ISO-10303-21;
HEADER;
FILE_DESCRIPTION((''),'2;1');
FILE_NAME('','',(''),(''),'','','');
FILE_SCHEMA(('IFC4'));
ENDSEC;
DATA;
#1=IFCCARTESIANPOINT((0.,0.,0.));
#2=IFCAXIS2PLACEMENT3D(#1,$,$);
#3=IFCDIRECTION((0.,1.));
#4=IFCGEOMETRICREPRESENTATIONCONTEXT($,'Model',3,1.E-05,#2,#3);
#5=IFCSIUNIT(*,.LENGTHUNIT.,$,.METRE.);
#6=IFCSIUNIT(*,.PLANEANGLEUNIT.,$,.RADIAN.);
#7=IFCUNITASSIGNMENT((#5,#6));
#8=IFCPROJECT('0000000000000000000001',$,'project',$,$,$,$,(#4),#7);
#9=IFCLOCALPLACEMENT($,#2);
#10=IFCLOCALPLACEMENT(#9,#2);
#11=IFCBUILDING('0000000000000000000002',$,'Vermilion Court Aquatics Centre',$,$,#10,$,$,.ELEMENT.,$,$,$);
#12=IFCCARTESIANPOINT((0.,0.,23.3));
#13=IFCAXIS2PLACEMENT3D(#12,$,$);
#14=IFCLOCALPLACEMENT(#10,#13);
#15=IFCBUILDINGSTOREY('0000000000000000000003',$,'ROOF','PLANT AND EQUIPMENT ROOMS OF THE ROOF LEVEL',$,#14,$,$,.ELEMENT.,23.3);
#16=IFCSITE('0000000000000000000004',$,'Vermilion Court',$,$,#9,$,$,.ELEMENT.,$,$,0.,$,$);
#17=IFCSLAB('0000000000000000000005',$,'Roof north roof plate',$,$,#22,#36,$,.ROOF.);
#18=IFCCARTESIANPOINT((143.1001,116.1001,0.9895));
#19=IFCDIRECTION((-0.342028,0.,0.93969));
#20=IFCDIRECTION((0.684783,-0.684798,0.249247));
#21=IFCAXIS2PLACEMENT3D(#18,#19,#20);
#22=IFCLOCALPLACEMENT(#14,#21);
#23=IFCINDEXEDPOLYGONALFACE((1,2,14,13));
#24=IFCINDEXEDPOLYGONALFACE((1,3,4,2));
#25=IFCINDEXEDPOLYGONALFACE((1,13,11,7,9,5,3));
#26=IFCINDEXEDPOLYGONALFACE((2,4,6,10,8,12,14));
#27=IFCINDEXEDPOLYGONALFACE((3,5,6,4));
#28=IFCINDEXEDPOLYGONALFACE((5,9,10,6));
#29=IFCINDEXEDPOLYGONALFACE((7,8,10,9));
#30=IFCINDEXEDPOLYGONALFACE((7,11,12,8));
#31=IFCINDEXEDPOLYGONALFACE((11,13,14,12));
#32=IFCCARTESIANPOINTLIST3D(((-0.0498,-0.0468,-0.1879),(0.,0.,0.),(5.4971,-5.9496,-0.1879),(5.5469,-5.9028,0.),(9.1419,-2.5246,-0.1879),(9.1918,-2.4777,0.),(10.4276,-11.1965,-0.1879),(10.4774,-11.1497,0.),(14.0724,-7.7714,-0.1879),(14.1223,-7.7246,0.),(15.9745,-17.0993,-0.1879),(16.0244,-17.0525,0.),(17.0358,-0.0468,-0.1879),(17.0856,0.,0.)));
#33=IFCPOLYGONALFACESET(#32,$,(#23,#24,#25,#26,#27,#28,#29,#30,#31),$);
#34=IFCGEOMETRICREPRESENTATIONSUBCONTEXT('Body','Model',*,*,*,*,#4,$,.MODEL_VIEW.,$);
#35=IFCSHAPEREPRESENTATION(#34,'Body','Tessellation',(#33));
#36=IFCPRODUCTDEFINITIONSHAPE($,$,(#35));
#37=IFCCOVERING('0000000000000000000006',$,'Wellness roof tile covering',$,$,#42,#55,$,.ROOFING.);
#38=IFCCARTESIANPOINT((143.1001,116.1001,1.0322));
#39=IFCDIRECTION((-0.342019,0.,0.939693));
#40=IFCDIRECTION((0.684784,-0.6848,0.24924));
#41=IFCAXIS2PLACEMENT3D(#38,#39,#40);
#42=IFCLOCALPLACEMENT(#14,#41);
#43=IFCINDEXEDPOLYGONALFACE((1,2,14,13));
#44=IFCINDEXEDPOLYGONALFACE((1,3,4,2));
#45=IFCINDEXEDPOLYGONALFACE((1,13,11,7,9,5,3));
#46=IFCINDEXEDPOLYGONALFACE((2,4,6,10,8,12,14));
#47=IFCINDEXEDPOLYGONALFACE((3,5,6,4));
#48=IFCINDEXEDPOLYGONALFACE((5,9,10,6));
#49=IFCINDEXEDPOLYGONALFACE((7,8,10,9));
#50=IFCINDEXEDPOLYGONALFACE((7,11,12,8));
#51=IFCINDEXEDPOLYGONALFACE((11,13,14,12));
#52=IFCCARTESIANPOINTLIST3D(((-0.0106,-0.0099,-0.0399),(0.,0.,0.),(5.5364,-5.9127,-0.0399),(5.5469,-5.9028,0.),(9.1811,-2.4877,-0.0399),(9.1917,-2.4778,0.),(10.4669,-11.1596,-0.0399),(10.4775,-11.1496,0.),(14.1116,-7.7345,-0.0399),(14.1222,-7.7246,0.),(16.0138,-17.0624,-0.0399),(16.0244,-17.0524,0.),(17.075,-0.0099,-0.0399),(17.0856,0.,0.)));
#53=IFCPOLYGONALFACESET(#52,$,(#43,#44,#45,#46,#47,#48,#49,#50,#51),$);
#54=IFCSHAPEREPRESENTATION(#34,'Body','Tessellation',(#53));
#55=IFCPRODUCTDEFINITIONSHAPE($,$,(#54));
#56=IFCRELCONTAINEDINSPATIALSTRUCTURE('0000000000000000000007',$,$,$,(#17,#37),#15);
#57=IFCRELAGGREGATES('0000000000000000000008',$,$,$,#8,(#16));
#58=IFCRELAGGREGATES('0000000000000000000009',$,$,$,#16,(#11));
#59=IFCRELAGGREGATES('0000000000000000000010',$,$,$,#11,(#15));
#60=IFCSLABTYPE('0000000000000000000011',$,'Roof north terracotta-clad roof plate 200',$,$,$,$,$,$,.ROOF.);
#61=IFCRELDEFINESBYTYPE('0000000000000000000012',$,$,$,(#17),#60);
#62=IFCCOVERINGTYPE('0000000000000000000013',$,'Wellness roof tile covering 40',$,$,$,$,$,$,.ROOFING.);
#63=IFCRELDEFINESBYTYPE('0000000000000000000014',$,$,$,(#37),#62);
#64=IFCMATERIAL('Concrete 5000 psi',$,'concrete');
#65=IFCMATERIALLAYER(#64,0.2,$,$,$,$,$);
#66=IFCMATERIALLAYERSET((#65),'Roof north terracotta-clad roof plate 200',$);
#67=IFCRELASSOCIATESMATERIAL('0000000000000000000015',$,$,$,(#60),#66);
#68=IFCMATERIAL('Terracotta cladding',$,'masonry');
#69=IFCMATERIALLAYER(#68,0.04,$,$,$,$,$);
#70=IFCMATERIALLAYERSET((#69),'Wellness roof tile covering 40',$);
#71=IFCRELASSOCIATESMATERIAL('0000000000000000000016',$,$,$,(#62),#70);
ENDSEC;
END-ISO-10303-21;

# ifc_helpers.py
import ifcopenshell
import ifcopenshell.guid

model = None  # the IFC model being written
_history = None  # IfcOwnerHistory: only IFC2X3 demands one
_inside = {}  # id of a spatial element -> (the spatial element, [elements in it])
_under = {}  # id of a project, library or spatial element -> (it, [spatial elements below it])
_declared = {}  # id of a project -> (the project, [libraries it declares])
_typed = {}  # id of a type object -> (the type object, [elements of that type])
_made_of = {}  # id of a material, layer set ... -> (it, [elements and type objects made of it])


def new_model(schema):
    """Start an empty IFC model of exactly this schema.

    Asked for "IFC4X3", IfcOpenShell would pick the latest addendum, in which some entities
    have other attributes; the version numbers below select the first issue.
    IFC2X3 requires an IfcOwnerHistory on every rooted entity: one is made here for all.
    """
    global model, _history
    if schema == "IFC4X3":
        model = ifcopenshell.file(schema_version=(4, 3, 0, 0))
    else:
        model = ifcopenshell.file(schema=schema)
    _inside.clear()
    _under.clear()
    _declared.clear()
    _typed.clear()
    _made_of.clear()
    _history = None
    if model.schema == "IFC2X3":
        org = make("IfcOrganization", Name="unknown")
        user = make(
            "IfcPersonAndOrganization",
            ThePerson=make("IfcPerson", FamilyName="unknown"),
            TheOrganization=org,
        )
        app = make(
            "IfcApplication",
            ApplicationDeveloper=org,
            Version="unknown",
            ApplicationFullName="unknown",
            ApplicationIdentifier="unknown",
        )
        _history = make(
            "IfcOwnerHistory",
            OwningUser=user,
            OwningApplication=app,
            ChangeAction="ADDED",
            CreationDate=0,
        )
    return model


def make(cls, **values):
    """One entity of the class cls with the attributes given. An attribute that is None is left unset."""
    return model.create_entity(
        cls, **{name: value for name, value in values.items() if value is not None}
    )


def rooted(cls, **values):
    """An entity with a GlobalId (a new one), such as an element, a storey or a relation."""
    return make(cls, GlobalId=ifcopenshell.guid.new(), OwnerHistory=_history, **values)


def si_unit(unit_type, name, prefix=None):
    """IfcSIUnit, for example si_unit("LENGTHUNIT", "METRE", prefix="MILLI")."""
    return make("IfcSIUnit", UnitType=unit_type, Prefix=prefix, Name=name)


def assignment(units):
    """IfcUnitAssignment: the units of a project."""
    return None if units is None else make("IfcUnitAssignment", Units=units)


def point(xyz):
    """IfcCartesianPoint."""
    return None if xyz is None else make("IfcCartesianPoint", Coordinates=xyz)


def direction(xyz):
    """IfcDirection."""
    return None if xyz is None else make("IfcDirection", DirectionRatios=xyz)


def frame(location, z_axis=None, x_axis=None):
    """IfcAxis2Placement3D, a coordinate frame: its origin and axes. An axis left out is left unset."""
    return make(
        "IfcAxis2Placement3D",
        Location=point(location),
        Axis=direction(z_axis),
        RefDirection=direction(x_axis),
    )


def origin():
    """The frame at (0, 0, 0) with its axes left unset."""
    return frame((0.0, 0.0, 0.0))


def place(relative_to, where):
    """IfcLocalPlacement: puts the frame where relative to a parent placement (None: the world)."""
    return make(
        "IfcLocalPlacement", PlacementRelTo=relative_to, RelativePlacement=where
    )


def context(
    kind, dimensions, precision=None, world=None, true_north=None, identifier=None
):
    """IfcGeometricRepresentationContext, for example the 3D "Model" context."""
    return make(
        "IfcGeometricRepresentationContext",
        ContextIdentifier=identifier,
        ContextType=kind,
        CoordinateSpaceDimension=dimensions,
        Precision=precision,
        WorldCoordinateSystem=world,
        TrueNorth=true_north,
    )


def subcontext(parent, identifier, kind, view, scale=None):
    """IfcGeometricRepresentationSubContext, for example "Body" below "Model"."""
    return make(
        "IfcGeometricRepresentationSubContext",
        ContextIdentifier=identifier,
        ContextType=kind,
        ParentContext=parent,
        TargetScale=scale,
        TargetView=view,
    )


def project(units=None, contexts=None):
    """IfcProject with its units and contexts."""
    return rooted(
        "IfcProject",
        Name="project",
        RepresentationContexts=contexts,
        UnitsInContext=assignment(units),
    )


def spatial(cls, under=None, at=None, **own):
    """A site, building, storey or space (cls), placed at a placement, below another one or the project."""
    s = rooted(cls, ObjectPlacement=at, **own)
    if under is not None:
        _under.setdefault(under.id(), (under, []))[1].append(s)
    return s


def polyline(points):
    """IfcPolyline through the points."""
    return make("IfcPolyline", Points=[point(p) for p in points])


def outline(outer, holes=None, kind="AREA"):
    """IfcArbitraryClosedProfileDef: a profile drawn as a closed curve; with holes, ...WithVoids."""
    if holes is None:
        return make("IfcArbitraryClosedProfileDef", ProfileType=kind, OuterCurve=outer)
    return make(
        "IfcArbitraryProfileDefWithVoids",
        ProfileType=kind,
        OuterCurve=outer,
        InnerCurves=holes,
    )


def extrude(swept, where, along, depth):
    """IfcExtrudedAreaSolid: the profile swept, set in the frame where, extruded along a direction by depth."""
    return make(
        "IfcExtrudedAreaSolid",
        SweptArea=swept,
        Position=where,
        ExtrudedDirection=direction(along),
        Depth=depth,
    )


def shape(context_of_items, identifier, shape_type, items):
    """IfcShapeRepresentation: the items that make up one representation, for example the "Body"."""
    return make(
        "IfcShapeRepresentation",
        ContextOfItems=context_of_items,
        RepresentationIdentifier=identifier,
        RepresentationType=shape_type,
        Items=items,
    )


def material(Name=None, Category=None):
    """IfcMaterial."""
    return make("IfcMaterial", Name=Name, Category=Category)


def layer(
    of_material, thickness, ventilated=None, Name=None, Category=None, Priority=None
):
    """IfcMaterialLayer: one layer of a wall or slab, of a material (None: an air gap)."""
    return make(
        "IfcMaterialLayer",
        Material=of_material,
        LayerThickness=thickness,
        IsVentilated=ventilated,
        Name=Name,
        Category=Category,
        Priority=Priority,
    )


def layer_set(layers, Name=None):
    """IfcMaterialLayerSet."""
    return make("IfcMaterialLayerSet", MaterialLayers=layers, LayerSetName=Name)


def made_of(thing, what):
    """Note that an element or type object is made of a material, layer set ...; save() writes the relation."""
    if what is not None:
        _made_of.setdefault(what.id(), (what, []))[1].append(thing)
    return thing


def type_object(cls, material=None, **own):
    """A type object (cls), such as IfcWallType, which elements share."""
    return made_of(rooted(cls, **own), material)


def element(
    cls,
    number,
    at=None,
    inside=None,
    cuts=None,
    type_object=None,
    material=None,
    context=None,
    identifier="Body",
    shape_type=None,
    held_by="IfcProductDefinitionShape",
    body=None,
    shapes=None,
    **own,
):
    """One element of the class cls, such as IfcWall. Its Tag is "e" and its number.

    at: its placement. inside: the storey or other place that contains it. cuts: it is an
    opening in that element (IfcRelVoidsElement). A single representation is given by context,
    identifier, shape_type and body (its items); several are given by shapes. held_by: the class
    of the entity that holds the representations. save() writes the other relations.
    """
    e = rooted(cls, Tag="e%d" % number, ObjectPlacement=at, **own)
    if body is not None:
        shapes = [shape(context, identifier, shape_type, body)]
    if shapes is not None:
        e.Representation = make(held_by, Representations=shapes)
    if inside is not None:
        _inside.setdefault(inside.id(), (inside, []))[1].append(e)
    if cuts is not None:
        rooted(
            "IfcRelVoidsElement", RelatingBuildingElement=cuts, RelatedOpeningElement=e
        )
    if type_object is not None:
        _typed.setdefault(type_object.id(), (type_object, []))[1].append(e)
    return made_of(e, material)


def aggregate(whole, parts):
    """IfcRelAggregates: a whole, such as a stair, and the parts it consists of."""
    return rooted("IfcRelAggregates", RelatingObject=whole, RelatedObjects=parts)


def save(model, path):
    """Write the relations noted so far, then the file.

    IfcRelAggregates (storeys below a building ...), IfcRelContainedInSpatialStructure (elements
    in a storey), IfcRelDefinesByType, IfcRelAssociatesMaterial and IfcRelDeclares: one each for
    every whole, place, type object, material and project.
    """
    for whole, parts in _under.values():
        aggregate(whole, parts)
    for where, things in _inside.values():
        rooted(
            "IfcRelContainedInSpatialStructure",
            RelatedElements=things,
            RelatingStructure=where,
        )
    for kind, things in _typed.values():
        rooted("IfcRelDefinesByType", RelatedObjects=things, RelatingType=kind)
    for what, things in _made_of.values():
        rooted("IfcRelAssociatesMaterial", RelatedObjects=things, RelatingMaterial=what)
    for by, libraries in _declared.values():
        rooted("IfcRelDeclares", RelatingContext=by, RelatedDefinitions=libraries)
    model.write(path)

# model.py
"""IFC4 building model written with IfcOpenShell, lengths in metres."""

from ifc_helpers import new_model, si_unit, direction, frame, origin, place, context, subcontext, project, spatial, polyline, outline, extrude, material, layer, layer_set, type_object, element, save


model = new_model("IFC4")

# Units and contexts
model_context = context("Model", 3, precision=1e-05, world=origin(), true_north=direction((0.0, 1.0)))
body_context = subcontext(model_context, "Body", "Model", "MODEL_VIEW")
ifc_project = project(units=[si_unit("LENGTHUNIT", "METRE"), si_unit("PLANEANGLEUNIT", "RADIAN")], contexts=[model_context])

# Site, building, storey
site_placement = place(None, origin())
site = spatial("IfcSite", under=ifc_project, at=site_placement, Name="Vermilion Court", CompositionType="ELEMENT", RefElevation=0.0)
building_placement = place(site_placement, origin())
building = spatial("IfcBuilding", under=site, at=building_placement, Name="Vermilion Court Aquatics Centre", CompositionType="ELEMENT")
storey_placement = place(building_placement, frame((0.0, 0.0, 23.3)))
storey = spatial("IfcBuildingStorey", under=building, at=storey_placement, Name="ROOF", Description="PLANT AND EQUIPMENT ROOMS OF THE ROOF LEVEL", CompositionType="ELEMENT", Elevation=23.3)

# Slab
ifc_material_1 = material(Name="Concrete 5000 psi", Category="concrete")
ifc_layer_1 = layer(ifc_material_1, 0.2)
ifc_layer_set_1 = layer_set([ifc_layer_1], Name="Roof north terracotta-clad roof plate 200")
slab_type_1 = type_object("IfcSlabType", Name="Roof north terracotta-clad roof plate 200", PredefinedType="ROOF", material=ifc_layer_set_1)
slab_1_placement = place(storey_placement, frame((143.1001, 116.1001, 0.9895), z_axis=(-0.342028, 0.0, 0.93969), x_axis=(0.684783, -0.684798, 0.249247)))
element("IfcSlab", 1, at=slab_1_placement, inside=storey, type_object=slab_type_1, Name="Roof north roof plate", PredefinedType="ROOF", context=body_context, shape_type="SweptSolid", body=[
    extrude(outline(polyline([(0.0, 0.0), (17.0856, 0.0), (16.0244, -17.0525), (10.4774, -11.1497), (14.1223, -7.7246), (9.1918, -2.4777), (5.5469, -5.9028), (0.0, 0.0)])), origin(), (-0.249247, -0.23422, -0.93969), 0.2),
])

# Covering
ifc_material_2 = material(Name="Terracotta cladding", Category="masonry")
ifc_layer_2 = layer(ifc_material_2, 0.04)
ifc_layer_set_2 = layer_set([ifc_layer_2], Name="Wellness roof tile covering 40")
covering_type = type_object("IfcCoveringType", Name="Wellness roof tile covering 40", PredefinedType="ROOFING", material=ifc_layer_set_2)
covering_1_placement = place(storey_placement, frame((143.1001, 116.1001, 1.0322), z_axis=(-0.342019, 0.0, 0.939693), x_axis=(0.684784, -0.6848, 0.24924)))
element("IfcCovering", 2, at=covering_1_placement, inside=storey, type_object=covering_type, Name="Wellness roof tile covering", PredefinedType="ROOFING", context=body_context, shape_type="SweptSolid", body=[
    extrude(outline(polyline([(0.0, 0.0), (17.0856, 0.0), (16.0244, -17.0524), (10.4775, -11.1496), (14.1222, -7.7246), (9.1917, -2.4778), (5.5469, -5.9028), (0.0, 0.0)])), origin(), (-0.24924, -0.234214, -0.939693), 0.0425),
])

save(model, "model.ifc")
